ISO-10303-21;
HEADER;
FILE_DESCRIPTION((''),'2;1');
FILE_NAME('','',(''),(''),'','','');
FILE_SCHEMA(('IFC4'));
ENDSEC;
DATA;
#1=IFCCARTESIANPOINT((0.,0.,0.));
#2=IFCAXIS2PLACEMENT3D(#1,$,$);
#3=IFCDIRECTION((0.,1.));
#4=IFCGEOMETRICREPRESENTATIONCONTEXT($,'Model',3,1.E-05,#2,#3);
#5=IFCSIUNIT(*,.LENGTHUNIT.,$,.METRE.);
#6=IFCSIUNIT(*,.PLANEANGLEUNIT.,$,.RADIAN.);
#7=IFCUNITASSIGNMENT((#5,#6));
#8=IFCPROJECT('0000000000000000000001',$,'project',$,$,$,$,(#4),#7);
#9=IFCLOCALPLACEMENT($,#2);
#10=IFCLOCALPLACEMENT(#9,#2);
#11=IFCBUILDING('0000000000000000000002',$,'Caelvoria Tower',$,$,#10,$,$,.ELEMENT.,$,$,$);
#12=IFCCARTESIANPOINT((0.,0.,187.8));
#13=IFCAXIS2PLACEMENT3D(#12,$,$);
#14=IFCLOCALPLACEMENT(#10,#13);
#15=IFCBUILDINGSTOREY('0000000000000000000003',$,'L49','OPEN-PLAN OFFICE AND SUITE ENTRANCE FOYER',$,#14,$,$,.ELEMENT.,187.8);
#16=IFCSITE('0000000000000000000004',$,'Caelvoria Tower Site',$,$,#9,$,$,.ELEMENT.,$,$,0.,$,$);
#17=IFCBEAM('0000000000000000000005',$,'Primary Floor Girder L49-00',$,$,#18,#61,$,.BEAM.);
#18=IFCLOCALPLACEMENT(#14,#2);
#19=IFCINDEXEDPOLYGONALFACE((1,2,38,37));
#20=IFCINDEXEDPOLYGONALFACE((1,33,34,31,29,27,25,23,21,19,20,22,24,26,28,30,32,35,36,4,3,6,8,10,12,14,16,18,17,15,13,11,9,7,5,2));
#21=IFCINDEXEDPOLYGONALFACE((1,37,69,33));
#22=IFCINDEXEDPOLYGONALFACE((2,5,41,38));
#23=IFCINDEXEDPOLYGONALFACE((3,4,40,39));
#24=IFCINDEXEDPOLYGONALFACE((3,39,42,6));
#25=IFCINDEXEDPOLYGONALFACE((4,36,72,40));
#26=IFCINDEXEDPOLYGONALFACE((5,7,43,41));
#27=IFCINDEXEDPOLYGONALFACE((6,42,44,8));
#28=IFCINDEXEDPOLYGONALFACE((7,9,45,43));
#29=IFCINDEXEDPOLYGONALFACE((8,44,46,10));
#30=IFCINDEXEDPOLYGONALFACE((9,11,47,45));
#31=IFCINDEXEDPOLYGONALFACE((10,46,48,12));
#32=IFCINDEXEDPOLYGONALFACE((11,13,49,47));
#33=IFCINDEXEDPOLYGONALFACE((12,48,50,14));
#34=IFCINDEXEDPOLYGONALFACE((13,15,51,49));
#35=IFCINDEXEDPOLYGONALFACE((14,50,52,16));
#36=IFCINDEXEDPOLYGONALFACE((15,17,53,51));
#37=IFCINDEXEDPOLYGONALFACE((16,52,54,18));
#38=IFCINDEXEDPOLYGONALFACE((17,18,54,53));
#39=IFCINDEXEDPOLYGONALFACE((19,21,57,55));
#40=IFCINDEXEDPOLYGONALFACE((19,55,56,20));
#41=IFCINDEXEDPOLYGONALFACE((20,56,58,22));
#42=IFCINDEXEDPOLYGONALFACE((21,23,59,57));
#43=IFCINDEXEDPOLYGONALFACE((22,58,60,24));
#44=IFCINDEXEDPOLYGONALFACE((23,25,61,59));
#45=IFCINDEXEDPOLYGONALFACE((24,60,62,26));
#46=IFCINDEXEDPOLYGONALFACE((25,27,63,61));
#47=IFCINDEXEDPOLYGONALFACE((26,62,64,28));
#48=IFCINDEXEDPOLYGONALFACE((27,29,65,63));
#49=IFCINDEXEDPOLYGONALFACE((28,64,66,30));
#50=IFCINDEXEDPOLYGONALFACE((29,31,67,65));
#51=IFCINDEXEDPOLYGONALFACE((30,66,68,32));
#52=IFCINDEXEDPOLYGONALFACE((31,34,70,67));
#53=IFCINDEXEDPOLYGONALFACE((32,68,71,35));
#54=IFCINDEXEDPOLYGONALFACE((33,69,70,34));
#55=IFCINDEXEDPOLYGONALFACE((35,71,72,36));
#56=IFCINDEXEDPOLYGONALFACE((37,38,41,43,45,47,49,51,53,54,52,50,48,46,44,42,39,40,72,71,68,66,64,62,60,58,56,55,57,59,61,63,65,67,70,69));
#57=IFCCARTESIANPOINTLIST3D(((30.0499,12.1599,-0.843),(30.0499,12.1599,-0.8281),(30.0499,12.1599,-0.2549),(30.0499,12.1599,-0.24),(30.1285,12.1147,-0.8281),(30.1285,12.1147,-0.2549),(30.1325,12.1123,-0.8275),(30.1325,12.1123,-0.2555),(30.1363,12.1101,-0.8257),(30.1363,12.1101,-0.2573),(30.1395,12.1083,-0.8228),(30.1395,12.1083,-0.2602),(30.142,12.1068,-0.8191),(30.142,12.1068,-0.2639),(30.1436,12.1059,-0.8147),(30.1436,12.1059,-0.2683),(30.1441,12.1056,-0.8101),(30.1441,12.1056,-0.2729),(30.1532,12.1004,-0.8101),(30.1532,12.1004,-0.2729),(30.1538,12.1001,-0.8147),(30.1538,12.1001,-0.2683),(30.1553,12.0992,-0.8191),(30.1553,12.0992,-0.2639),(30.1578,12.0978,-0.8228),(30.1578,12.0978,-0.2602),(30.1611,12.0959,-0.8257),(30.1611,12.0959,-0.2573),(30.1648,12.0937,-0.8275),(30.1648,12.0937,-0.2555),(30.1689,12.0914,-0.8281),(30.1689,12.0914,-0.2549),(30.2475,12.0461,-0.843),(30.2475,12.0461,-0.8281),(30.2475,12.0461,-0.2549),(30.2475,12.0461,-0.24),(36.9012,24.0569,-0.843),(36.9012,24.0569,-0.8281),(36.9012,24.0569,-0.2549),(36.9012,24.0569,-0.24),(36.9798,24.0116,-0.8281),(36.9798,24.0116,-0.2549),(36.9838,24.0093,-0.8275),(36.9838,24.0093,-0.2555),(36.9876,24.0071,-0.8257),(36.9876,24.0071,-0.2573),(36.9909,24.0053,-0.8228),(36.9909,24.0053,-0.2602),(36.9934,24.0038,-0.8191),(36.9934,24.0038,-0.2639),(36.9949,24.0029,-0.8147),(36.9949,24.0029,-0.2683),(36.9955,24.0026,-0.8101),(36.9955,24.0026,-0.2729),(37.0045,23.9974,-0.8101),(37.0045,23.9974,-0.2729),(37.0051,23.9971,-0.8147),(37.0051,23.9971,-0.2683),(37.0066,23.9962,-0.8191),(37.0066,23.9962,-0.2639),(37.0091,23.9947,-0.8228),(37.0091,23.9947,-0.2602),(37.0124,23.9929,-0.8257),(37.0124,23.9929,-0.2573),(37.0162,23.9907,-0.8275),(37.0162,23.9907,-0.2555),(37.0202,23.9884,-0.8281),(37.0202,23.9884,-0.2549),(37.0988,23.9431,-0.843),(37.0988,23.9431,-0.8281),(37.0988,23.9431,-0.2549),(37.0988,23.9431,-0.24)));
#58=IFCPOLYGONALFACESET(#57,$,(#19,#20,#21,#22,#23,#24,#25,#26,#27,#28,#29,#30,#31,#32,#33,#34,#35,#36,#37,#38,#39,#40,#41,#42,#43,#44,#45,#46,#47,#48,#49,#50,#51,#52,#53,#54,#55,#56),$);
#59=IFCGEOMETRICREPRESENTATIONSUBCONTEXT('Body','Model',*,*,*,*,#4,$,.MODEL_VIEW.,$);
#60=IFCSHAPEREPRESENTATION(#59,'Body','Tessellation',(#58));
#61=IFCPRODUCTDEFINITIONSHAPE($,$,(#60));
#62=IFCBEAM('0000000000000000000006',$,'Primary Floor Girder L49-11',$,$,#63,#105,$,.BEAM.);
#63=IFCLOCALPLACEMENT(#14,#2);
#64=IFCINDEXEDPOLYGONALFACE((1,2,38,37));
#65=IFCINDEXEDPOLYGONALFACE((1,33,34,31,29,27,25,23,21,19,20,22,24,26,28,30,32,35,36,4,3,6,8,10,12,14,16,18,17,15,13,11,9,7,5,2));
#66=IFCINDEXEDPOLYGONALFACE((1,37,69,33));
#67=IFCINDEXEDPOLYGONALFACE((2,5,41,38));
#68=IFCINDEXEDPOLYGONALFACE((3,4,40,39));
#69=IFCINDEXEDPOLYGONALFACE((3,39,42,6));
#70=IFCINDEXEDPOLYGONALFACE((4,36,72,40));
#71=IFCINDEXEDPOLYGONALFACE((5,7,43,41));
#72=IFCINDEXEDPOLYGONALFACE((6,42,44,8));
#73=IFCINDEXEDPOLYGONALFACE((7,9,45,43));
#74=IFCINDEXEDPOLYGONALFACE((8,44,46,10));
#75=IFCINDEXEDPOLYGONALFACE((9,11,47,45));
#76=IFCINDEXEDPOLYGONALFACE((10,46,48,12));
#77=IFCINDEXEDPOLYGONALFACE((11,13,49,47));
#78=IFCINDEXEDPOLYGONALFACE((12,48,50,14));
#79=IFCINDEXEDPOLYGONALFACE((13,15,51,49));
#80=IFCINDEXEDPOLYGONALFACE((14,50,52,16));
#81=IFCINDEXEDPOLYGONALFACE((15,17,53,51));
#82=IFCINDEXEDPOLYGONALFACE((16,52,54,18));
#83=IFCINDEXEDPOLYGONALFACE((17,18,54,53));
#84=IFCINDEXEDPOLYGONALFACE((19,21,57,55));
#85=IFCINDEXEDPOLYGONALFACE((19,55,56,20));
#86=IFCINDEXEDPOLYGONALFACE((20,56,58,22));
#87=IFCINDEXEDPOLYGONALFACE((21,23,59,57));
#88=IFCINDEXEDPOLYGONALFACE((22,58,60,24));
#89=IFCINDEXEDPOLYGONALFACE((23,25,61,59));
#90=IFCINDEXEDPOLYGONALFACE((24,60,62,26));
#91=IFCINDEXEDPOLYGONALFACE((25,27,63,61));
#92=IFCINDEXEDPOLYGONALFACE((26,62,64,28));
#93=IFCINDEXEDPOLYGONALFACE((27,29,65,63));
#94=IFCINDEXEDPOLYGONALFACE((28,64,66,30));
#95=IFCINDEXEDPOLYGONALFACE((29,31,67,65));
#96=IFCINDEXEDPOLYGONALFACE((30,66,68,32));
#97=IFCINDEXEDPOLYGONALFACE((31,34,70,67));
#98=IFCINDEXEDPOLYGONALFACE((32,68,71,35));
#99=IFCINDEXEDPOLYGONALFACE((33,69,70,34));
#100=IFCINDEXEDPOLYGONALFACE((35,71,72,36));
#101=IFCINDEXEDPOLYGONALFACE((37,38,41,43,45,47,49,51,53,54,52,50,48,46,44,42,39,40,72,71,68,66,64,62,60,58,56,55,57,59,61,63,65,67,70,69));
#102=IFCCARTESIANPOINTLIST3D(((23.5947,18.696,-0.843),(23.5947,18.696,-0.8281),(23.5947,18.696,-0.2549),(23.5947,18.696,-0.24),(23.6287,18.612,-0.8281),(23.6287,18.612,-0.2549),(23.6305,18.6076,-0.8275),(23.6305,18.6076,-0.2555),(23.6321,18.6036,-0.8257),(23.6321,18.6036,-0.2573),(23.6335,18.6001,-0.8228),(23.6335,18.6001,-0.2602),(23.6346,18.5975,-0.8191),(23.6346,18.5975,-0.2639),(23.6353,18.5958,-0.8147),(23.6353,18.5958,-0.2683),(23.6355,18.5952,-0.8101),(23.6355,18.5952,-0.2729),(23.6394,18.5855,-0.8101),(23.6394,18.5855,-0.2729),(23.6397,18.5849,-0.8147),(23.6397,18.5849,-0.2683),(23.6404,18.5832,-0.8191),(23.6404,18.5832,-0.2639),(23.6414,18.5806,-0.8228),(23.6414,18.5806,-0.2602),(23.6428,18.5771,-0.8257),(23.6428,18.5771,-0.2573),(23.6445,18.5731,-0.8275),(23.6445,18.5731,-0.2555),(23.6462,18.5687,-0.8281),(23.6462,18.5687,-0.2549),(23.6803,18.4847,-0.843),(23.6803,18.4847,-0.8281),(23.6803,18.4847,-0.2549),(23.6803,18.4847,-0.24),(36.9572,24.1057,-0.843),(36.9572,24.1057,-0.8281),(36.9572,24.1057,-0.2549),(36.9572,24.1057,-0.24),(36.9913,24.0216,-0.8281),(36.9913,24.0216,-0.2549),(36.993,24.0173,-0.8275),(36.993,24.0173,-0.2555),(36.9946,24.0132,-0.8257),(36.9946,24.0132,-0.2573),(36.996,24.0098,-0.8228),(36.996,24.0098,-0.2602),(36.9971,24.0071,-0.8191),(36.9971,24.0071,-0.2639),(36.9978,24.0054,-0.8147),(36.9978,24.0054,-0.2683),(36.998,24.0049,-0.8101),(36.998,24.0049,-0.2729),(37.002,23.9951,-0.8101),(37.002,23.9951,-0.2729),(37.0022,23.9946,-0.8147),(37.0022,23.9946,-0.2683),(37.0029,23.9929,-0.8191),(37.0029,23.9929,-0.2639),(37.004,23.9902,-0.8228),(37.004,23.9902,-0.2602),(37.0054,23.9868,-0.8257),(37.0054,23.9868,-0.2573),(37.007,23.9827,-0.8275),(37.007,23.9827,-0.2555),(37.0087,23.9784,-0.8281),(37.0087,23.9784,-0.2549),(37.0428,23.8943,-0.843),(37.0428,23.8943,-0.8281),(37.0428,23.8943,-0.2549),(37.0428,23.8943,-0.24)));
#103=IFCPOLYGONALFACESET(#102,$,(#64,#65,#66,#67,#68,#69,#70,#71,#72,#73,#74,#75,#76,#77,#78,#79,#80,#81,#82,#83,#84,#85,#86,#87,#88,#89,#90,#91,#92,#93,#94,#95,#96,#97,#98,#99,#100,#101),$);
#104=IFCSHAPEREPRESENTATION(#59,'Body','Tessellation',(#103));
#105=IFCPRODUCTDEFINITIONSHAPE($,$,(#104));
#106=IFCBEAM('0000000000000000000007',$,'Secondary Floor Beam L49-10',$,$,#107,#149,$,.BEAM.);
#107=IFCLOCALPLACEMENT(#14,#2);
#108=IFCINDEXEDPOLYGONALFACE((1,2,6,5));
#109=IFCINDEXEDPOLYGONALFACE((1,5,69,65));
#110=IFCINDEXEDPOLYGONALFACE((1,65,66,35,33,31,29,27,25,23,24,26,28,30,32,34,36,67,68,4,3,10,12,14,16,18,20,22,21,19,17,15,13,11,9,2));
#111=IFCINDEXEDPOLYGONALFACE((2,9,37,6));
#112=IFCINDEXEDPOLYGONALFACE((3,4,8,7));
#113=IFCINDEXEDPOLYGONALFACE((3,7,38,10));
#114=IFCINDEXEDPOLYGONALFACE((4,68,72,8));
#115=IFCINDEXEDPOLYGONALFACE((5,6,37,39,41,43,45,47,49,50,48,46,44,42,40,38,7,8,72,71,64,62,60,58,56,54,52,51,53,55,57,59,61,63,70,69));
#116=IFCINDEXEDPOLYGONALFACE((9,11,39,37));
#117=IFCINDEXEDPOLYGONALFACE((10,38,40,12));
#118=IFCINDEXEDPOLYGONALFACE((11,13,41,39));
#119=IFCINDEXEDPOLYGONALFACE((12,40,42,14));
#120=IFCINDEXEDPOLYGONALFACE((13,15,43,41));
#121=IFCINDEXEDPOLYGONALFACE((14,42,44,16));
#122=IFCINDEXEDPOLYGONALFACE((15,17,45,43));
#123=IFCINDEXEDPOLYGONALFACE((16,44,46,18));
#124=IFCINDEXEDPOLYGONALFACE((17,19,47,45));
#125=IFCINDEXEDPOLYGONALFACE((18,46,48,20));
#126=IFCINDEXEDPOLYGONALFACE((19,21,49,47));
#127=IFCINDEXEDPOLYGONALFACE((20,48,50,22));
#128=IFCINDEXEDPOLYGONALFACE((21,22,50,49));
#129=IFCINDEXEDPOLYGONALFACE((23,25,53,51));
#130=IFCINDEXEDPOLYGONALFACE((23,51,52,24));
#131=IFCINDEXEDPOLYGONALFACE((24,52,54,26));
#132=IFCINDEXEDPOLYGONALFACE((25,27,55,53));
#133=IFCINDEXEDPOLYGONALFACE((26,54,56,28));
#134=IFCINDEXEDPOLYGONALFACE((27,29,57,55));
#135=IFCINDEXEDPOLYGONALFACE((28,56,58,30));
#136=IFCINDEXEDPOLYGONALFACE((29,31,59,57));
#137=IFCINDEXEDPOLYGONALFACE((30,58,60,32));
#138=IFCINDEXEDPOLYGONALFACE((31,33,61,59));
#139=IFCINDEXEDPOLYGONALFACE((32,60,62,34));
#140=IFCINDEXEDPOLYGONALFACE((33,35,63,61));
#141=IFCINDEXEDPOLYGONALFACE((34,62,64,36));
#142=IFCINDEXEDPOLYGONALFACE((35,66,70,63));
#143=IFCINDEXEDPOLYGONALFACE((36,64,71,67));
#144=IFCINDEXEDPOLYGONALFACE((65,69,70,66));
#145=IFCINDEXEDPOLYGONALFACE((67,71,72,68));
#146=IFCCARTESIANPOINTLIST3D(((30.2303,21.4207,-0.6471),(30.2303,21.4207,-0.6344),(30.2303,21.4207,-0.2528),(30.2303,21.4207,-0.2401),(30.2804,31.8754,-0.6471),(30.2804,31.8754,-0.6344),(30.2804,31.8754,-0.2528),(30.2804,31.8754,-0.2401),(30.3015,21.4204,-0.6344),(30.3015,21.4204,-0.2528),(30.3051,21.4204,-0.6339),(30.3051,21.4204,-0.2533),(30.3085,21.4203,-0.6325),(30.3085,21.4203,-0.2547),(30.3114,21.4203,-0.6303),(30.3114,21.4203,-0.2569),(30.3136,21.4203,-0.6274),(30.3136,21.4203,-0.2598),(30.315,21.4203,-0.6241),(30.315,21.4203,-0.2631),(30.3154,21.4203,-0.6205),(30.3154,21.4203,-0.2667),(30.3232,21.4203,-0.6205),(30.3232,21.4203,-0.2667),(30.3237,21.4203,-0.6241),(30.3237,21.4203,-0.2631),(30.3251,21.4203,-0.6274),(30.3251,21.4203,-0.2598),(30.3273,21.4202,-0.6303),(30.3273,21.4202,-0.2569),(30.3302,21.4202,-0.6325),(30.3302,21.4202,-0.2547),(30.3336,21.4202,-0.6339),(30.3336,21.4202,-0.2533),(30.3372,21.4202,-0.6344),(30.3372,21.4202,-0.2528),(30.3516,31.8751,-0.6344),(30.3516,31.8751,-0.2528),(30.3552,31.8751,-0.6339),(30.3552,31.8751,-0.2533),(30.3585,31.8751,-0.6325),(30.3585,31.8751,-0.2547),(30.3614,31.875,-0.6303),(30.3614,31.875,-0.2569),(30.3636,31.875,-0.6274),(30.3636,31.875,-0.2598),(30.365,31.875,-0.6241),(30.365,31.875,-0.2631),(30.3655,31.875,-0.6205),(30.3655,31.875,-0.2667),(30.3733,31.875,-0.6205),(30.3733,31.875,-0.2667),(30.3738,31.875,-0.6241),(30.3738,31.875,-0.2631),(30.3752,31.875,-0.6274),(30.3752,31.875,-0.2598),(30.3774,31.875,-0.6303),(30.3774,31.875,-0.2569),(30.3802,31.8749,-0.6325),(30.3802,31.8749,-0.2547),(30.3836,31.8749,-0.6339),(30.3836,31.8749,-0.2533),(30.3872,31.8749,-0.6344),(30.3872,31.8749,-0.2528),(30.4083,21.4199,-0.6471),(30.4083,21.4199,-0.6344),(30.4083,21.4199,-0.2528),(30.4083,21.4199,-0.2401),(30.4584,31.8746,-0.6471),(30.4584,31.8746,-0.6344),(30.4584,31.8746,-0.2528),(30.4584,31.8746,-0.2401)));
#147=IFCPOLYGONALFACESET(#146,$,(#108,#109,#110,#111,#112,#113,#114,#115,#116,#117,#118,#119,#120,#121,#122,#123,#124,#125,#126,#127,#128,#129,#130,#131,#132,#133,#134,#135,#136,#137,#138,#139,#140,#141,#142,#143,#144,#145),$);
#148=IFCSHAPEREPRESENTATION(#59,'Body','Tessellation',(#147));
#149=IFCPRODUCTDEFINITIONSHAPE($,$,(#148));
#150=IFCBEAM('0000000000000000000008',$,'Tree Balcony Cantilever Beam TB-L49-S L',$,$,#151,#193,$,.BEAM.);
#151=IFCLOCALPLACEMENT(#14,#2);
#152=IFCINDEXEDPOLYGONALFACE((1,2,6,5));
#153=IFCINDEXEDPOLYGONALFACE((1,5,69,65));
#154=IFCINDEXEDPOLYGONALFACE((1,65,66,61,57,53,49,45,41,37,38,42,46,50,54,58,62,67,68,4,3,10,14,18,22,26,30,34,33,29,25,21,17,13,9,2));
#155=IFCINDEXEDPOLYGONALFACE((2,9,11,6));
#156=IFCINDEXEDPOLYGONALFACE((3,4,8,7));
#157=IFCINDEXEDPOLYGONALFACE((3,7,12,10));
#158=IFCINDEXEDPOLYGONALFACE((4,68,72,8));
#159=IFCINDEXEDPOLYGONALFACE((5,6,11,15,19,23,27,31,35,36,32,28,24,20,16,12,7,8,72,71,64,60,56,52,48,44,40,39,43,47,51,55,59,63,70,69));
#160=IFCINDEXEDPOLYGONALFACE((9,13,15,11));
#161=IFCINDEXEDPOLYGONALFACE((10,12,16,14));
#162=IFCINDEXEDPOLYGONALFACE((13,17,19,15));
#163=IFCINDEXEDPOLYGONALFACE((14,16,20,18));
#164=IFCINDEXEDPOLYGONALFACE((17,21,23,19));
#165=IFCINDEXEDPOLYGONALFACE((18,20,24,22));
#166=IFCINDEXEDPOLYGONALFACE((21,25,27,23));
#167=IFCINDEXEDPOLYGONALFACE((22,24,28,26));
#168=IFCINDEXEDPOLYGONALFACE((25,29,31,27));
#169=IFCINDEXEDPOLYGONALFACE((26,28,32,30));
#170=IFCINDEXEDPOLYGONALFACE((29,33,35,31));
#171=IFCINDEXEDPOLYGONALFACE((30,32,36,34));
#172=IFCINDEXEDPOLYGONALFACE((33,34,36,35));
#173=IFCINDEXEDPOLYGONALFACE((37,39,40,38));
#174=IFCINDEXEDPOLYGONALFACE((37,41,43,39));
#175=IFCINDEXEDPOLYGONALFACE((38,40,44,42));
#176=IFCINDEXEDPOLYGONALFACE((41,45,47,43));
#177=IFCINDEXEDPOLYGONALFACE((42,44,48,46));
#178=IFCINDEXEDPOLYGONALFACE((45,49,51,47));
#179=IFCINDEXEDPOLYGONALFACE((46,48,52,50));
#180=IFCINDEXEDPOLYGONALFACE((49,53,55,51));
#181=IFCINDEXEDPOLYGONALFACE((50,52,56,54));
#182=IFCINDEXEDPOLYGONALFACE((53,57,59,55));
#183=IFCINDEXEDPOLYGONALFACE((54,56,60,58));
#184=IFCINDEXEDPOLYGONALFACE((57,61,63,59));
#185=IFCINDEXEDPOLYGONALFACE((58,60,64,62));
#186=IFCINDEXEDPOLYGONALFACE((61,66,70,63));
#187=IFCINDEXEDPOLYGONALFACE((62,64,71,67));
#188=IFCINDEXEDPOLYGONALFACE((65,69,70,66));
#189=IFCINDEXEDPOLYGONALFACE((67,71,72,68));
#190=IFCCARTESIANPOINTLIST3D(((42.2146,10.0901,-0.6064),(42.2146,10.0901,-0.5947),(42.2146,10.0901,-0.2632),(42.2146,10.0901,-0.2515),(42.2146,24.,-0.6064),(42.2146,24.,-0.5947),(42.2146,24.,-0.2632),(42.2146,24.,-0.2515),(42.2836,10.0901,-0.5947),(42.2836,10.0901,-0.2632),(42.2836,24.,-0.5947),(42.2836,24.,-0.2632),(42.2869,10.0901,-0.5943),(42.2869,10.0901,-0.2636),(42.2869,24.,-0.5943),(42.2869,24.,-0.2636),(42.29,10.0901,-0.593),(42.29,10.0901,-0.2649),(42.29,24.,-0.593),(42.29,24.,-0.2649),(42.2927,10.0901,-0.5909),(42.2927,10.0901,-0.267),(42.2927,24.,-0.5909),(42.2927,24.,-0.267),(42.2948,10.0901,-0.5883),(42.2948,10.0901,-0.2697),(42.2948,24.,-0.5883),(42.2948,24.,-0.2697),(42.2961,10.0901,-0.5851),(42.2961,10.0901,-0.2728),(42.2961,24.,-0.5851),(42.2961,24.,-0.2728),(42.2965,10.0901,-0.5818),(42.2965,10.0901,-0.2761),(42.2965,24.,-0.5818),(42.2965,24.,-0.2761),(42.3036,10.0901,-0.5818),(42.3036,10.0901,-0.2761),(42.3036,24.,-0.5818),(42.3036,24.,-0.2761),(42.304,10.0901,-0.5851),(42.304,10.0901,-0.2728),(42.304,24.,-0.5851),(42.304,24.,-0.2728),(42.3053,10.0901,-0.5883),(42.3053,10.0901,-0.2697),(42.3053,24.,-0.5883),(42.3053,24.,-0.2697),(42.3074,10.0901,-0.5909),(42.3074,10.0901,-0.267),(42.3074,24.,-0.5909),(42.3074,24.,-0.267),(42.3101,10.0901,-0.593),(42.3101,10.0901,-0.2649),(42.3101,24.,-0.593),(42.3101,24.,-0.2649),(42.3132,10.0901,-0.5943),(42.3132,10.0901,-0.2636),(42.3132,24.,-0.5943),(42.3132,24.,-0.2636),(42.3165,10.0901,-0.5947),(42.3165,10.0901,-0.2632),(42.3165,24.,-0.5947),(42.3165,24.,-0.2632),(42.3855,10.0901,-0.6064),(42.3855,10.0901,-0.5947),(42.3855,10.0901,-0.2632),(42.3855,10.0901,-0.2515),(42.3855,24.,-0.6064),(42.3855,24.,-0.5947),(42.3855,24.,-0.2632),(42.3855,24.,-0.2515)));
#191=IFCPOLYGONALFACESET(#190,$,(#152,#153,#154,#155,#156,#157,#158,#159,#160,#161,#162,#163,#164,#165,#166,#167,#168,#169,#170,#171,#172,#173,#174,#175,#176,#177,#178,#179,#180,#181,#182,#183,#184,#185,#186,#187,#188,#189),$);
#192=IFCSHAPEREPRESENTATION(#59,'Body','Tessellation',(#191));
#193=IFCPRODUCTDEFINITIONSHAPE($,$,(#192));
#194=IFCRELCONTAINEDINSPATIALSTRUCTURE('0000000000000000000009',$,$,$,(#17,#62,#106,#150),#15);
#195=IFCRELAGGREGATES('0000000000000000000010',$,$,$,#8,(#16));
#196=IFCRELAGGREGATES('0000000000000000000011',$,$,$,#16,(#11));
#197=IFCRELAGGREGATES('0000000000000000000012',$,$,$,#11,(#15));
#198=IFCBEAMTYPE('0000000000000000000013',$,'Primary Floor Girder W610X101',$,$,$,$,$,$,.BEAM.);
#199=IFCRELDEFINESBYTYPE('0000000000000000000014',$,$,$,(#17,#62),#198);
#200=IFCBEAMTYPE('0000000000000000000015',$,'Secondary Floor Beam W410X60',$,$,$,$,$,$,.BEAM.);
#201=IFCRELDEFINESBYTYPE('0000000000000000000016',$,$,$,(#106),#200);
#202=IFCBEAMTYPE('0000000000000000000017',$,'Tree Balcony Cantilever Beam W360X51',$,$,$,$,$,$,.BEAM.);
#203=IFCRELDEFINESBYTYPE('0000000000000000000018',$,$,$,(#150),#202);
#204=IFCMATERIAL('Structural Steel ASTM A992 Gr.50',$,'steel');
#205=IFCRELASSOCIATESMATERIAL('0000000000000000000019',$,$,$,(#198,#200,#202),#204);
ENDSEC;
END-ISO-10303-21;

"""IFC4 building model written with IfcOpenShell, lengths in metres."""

from ifc_helpers import new_model, si_unit, direction, frame, origin, origin_2d, place, context, subcontext, project, spatial, i_section, extrude, material, material_profile, profile_set, type_object, element, save


model = new_model("IFC4")

# Units and contexts
model_context = context("Model", 3, precision=1e-05, world=origin(), true_north=direction((0.0, 1.0)))
body_context = subcontext(model_context, "Body", "Model", "MODEL_VIEW")
ifc_project = project(units=[si_unit("LENGTHUNIT", "METRE"), si_unit("PLANEANGLEUNIT", "RADIAN")], contexts=[model_context])

# Site, building, storey
site_placement = place(None, origin())
site = spatial("IfcSite", under=ifc_project, at=site_placement, Name="Caelvoria Tower Site", CompositionType="ELEMENT", RefElevation=0.0)
building_placement = place(site_placement, origin())
building = spatial("IfcBuilding", under=site, at=building_placement, Name="Caelvoria Tower", CompositionType="ELEMENT")
storey_placement = place(building_placement, frame((0.0, 0.0, 187.8)))
storey = spatial("IfcBuildingStorey", under=building, at=storey_placement, Name="L49", Description="OPEN-PLAN OFFICE AND SUITE ENTRANCE FOYER", CompositionType="ELEMENT", Elevation=187.8)

# Beams
ifc_material_1 = material(Name="Structural Steel ASTM A992 Gr.50", Category="steel")
ifc_material_profile_1 = material_profile(ifc_material_1, i_section(OverallWidth=0.228, OverallDepth=0.603, WebThickness=0.0105, FlangeThickness=0.0149, FilletRadius=0.0181, at=origin_2d()), Name="Structural Steel ASTM A992 Gr.50")
ifc_profile_set_1 = profile_set([ifc_material_profile_1], Name="W610X101 - Structural Steel ASTM A992 Gr.50")
beam_type_1 = type_object("IfcBeamType", Name="Primary Floor Girder W610X101", PredefinedType="BEAM", material=ifc_profile_set_1)
beam_1_placement = place(storey_placement, frame((37.0, 24.0, -0.5415), z_axis=(-0.499049, -0.866574, 0.0), x_axis=(0.866574, -0.499049, 0.0)))
element("IfcBeam", 1, at=beam_1_placement, inside=storey, type_object=beam_type_1, Name="Primary Floor Girder L49-00", PredefinedType="BEAM", context=body_context, shape_type="SweptSolid", body=[
    extrude(i_section(OverallWidth=0.228, OverallDepth=0.603, WebThickness=0.0105, FlangeThickness=0.0149, FilletRadius=0.0181, at=origin_2d()), origin(), (0.0, 0.0, 1.0), 13.7288),
])
beam_2_placement = place(storey_placement, frame((37.0, 24.0, -0.5415), z_axis=(-0.926922, -0.375253, 0.0), x_axis=(0.375253, -0.926922, 0.0)))
element("IfcBeam", 2, at=beam_2_placement, inside=storey, type_object=beam_type_1, Name="Primary Floor Girder L49-11", PredefinedType="BEAM", context=body_context, shape_type="SweptSolid", body=[
    extrude(i_section(OverallWidth=0.228, OverallDepth=0.603, WebThickness=0.0105, FlangeThickness=0.0149, FilletRadius=0.0181, at=origin_2d()), origin(), (0.0, 0.0, 1.0), 14.416),
])
ifc_material_profile_2 = material_profile(ifc_material_1, i_section(OverallWidth=0.178, OverallDepth=0.407, WebThickness=0.0078, FlangeThickness=0.0127, FilletRadius=0.0139, at=origin_2d()), Name="Structural Steel ASTM A992 Gr.50")
ifc_profile_set_2 = profile_set([ifc_material_profile_2], Name="W410X60 - Structural Steel ASTM A992 Gr.50")
beam_type_2 = type_object("IfcBeamType", Name="Secondary Floor Beam W410X60", PredefinedType="BEAM", material=ifc_profile_set_2)
beam_3_placement = place(storey_placement, frame((30.3694, 31.875, -0.4436), z_axis=(-0.004787, -0.999989, 0.0), x_axis=(0.999989, -0.004787, 0.0)))
element("IfcBeam", 3, at=beam_3_placement, inside=storey, type_object=beam_type_2, Name="Secondary Floor Beam L49-10", PredefinedType="BEAM", context=body_context, shape_type="SweptSolid", body=[
    extrude(i_section(OverallWidth=0.178, OverallDepth=0.407, WebThickness=0.0078, FlangeThickness=0.0127, FilletRadius=0.0139, at=origin_2d()), origin(), (0.0, 0.0, 1.0), 10.4548),
])
ifc_material_profile_3 = material_profile(ifc_material_1, i_section(OverallWidth=0.1709, OverallDepth=0.355, WebThickness=0.0071, FlangeThickness=0.0117, FilletRadius=0.0129, at=origin_2d()), Name="Structural Steel ASTM A992 Gr.50")
ifc_profile_set_3 = profile_set([ifc_material_profile_3], Name="W360X51 - Structural Steel ASTM A992 Gr.50")
beam_type_3 = type_object("IfcBeamType", Name="Tree Balcony Cantilever Beam W360X51", PredefinedType="BEAM", material=ifc_profile_set_3)
beam_4_placement = place(storey_placement, frame((42.3, 24.0, -0.429), z_axis=(0.0, -1.0, 0.0), x_axis=(1.0, 0.0, 0.0)))
element("IfcBeam", 4, at=beam_4_placement, inside=storey, type_object=beam_type_3, Name="Tree Balcony Cantilever Beam TB-L49-S L", PredefinedType="BEAM", context=body_context, shape_type="SweptSolid", body=[
    extrude(i_section(OverallWidth=0.1709, OverallDepth=0.355, WebThickness=0.0071, FlangeThickness=0.0117, FilletRadius=0.0129, at=origin_2d()), origin(), (0.0, 0.0, 1.0), 13.9099),
])

save(model, "model.ifc")
